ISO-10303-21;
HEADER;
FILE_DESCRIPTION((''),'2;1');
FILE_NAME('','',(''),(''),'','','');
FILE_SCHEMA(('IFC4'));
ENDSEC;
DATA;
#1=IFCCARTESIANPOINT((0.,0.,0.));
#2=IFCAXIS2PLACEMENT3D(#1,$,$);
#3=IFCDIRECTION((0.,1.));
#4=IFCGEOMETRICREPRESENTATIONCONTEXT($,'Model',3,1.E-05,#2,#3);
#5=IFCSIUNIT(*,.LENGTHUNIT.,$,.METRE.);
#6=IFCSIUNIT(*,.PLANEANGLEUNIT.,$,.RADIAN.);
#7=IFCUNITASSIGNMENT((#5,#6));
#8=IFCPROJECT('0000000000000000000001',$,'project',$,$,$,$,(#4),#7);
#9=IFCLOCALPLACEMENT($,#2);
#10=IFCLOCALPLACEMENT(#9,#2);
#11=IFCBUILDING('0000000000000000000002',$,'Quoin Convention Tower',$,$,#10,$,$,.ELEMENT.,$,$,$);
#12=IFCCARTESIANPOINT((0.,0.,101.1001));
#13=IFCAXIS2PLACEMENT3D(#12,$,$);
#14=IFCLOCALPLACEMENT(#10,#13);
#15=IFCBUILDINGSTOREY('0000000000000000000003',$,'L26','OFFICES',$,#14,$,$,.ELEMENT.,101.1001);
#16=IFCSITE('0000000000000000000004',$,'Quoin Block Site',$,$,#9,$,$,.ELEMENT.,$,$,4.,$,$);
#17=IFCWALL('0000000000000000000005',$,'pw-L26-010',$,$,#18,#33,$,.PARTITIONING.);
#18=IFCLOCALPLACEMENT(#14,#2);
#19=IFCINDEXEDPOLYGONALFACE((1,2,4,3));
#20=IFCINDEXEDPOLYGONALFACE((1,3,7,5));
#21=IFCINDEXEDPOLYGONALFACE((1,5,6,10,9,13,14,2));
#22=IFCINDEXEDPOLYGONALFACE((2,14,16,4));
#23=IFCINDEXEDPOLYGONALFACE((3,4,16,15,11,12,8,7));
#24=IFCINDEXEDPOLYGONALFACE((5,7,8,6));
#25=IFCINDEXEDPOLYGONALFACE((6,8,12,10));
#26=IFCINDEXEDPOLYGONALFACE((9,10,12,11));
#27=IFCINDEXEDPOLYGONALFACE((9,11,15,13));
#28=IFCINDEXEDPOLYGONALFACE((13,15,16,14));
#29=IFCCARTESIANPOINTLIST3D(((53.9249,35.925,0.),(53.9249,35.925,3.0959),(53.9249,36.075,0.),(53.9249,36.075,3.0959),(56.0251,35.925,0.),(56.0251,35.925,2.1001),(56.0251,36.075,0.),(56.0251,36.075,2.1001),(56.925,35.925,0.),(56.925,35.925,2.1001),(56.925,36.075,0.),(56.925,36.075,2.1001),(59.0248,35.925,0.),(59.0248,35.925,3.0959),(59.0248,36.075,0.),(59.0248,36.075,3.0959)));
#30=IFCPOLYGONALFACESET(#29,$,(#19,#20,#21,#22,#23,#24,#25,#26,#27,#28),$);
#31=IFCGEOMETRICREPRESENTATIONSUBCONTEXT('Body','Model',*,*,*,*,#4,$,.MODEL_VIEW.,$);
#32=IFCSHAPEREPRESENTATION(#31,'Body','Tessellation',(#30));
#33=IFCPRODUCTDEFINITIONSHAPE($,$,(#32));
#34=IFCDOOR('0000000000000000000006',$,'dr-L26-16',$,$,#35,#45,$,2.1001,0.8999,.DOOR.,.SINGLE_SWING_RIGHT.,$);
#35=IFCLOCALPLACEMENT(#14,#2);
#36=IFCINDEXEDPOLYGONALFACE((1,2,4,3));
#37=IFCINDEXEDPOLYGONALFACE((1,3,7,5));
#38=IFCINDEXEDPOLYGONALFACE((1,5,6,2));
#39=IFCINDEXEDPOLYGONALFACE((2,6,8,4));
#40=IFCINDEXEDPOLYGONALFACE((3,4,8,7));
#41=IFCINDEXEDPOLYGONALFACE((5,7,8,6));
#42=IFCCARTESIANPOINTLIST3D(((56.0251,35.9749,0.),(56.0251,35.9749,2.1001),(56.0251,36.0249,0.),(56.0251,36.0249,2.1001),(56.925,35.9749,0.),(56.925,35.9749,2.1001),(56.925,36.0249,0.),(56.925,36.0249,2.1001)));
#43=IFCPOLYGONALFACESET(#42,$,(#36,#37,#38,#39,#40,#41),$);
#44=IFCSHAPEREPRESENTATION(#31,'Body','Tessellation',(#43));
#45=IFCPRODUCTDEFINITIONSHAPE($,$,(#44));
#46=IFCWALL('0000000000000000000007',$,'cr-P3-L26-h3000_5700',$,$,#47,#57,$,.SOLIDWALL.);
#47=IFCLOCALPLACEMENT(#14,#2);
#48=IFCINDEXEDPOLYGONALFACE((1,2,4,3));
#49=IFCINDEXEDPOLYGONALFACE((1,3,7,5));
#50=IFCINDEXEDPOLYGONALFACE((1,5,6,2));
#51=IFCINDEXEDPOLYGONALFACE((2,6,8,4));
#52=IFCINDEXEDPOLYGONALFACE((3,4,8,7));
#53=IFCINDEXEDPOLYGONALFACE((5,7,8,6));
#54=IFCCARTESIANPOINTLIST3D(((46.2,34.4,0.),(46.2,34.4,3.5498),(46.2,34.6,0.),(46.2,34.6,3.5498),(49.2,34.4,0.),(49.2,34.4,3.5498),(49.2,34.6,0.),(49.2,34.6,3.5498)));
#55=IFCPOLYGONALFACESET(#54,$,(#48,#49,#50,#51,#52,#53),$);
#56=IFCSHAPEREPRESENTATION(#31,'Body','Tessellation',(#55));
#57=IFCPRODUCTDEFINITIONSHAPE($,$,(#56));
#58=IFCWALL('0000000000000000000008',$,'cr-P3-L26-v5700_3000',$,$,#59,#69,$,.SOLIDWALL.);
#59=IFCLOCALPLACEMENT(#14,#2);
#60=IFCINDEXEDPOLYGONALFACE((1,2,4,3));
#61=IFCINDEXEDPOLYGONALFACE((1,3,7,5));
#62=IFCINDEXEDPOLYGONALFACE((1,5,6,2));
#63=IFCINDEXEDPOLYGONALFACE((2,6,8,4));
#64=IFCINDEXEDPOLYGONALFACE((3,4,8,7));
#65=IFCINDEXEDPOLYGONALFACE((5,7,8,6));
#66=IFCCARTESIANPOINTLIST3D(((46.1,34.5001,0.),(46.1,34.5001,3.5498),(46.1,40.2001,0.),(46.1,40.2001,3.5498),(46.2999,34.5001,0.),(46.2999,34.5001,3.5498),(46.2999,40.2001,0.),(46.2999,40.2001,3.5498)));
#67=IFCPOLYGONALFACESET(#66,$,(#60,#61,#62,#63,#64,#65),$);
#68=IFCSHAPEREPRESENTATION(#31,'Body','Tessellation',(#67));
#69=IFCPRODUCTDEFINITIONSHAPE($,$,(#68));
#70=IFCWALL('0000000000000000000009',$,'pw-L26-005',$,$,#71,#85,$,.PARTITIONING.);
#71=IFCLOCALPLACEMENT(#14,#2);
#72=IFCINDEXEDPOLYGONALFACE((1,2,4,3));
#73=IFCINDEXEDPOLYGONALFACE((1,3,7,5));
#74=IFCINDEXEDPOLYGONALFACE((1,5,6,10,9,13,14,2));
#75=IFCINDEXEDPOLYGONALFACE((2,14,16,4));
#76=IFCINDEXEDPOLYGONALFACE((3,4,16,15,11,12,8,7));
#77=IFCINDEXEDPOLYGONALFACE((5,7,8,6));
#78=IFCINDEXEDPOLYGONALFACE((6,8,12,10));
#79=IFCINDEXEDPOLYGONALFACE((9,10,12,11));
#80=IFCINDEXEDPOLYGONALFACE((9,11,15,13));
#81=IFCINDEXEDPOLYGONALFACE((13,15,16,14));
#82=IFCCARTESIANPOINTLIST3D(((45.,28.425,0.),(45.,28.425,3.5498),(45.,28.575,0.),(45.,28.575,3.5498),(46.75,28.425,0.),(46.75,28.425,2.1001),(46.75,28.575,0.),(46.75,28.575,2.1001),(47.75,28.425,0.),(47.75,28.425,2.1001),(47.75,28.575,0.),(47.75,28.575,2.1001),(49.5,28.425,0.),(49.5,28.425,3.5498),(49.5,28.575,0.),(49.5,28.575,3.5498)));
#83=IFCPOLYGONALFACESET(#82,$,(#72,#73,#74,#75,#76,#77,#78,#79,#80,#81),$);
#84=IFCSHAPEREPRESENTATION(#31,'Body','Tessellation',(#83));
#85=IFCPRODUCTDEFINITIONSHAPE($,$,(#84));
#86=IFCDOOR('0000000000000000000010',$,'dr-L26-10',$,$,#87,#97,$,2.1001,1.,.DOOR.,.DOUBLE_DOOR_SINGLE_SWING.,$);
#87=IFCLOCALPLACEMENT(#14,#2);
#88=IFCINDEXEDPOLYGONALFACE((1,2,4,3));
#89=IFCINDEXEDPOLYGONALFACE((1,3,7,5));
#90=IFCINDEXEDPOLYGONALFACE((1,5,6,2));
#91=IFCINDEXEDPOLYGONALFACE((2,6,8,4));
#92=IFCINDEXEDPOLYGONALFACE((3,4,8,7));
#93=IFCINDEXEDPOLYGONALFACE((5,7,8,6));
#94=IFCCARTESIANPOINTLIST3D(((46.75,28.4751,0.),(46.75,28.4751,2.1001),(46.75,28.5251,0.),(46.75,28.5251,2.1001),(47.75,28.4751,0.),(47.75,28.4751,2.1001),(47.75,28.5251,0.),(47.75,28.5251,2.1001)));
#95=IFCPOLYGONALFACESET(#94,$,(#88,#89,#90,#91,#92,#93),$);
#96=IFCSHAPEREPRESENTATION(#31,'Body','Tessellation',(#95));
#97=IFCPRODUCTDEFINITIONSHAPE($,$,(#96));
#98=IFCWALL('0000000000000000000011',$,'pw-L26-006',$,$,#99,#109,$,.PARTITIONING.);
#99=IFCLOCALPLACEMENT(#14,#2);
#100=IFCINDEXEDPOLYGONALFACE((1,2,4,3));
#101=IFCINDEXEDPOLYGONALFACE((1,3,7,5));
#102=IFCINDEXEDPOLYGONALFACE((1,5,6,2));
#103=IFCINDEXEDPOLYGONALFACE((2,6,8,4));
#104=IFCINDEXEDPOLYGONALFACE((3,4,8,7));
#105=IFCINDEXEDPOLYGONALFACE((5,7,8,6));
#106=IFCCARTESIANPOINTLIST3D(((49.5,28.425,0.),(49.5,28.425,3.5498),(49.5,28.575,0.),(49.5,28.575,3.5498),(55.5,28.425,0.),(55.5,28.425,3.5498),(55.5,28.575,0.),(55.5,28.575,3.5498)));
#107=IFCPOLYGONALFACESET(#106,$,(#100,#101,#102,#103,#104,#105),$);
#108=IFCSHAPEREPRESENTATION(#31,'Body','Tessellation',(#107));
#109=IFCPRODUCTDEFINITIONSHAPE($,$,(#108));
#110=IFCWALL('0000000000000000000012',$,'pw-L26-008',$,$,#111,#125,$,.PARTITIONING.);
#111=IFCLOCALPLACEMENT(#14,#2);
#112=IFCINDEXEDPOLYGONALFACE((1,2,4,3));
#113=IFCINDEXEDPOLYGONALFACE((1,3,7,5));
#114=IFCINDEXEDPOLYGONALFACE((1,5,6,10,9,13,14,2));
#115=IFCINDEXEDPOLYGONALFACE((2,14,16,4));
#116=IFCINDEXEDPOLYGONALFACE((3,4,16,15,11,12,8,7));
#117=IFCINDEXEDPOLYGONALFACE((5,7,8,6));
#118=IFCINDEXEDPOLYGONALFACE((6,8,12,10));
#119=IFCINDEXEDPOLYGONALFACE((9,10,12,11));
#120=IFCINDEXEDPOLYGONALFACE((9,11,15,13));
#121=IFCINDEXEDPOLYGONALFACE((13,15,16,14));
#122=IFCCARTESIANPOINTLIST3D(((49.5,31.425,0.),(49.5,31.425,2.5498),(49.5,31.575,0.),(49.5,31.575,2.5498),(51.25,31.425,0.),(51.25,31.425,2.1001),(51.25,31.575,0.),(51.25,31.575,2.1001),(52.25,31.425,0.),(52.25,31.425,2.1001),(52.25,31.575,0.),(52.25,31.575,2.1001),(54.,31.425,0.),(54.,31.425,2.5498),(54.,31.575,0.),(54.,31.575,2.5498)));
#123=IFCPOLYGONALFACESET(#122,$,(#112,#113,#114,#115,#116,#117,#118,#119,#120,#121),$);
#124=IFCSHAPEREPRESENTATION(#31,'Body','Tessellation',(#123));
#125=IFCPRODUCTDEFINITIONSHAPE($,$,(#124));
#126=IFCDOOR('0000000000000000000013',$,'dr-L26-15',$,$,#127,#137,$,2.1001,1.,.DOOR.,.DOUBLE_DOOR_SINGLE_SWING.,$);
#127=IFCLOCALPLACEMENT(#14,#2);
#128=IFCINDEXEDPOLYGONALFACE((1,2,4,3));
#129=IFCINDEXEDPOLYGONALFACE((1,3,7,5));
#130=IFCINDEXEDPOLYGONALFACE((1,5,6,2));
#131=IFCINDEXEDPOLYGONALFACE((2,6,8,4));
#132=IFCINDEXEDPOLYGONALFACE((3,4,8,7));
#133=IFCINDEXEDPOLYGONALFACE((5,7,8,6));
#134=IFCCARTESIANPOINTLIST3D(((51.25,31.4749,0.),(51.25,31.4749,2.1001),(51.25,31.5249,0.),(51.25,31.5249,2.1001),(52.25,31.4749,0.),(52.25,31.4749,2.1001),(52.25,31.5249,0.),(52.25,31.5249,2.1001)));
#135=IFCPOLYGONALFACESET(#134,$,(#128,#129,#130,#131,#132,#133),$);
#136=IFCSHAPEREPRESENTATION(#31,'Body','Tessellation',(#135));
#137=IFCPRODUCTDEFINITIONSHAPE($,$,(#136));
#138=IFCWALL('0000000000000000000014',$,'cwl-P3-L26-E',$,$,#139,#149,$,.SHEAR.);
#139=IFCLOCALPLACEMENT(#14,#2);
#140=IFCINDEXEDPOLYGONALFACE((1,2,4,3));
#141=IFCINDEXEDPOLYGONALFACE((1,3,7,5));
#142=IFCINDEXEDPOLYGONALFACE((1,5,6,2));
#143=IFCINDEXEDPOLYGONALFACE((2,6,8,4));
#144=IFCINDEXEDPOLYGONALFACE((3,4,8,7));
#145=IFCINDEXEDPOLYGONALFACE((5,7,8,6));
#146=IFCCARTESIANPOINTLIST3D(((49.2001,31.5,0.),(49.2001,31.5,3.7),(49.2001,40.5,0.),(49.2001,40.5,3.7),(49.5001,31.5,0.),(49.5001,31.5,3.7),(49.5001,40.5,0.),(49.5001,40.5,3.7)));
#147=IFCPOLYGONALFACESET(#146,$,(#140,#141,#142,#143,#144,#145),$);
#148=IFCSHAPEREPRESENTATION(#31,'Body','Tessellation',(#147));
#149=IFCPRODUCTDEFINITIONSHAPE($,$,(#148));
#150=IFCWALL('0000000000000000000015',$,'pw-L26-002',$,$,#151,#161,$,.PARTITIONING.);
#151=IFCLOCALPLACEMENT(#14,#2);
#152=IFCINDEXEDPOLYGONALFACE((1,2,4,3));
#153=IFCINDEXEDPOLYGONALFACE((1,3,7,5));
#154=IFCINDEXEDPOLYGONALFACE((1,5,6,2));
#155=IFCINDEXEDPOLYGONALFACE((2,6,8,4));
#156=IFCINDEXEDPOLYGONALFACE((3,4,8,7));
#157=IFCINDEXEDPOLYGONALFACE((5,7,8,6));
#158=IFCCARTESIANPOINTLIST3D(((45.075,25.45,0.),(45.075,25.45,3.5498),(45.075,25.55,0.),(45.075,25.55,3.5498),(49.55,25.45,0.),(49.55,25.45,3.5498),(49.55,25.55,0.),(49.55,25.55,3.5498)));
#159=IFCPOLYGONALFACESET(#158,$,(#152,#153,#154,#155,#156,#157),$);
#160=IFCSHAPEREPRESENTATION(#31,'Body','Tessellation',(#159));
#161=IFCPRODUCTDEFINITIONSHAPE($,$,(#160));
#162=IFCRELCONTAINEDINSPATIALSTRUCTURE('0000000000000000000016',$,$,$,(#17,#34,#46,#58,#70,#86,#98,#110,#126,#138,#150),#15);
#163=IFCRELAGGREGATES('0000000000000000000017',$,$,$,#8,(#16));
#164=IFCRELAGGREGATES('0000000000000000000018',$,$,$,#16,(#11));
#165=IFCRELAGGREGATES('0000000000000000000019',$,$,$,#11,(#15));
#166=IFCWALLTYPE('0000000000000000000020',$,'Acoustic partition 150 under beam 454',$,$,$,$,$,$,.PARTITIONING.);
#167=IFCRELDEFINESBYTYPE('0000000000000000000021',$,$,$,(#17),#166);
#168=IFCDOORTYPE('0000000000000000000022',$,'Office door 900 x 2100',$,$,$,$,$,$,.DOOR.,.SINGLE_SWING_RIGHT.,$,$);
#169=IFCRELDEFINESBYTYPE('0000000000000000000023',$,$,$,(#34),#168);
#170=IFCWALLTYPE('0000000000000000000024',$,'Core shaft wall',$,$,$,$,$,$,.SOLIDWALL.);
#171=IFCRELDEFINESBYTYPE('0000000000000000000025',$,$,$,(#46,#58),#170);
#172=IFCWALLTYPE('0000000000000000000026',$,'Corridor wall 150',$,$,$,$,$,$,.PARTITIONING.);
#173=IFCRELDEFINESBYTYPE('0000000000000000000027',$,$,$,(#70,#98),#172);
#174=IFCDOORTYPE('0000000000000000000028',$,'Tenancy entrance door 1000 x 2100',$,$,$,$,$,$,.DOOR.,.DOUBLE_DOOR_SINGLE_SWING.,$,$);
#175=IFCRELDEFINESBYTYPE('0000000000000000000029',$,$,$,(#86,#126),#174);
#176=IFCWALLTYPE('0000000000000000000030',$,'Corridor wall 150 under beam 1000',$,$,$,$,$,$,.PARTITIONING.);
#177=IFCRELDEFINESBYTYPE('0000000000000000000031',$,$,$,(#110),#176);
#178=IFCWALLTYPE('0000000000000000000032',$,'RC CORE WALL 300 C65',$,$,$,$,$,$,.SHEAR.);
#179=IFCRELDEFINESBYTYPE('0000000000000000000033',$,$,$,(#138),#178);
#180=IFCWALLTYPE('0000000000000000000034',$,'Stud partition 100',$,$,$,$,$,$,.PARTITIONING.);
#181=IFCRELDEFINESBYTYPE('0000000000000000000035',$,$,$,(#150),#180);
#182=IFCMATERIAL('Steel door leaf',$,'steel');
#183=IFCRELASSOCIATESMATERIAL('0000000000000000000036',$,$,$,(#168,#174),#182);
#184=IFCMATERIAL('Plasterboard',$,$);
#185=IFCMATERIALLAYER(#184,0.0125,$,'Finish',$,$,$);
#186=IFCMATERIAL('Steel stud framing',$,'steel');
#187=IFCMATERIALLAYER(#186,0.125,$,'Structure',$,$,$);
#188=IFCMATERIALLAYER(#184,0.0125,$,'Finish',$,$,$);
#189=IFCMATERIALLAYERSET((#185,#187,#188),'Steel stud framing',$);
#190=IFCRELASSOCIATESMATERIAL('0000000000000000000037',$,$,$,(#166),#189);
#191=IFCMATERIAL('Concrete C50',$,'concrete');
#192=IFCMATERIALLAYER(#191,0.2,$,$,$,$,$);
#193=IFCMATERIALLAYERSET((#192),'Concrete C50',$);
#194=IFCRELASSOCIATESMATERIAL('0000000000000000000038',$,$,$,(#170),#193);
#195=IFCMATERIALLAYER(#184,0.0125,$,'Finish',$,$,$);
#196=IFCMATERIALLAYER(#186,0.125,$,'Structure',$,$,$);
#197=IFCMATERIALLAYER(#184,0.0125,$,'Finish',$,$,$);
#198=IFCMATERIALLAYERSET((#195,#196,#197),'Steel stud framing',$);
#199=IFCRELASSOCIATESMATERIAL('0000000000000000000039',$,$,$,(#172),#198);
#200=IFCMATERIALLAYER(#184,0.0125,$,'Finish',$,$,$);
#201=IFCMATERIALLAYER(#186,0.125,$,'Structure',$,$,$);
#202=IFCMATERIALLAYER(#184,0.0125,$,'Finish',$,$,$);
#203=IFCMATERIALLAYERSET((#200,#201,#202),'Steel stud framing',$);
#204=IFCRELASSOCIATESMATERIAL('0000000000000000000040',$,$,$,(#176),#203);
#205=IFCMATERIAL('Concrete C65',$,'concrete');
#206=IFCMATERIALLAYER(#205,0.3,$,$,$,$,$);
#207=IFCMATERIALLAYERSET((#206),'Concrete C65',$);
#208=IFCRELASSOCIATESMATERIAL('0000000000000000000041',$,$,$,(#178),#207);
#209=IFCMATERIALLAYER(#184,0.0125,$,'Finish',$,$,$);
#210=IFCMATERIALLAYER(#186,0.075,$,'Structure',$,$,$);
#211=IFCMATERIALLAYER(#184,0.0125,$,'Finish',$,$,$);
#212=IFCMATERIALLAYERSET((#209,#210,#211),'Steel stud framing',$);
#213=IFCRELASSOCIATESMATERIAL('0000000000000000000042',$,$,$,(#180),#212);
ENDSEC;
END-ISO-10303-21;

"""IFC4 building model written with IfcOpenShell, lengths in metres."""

from ifc_helpers import new_model, si_unit, direction, frame, frame_2d, origin, place, context, subcontext, project, spatial, rectangle, extrude, material, layer, layer_set, type_object, element, fill, save


model = new_model("IFC4")

# Units and contexts
model_context = context("Model", 3, precision=1e-05, world=origin(), true_north=direction((0.0, 1.0)))
body_context = subcontext(model_context, "Body", "Model", "MODEL_VIEW")
ifc_project = project(units=[si_unit("LENGTHUNIT", "METRE"), si_unit("PLANEANGLEUNIT", "RADIAN")], contexts=[model_context])

# Site, building, storey
site_placement = place(None, origin())
site = spatial("IfcSite", under=ifc_project, at=site_placement, Name="Quoin Block Site", CompositionType="ELEMENT", RefElevation=4.0)
building_placement = place(site_placement, origin())
building = spatial("IfcBuilding", under=site, at=building_placement, Name="Quoin Convention Tower", CompositionType="ELEMENT")
storey_placement = place(building_placement, frame((0.0, 0.0, 101.1001)))
storey = spatial("IfcBuildingStorey", under=building, at=storey_placement, Name="L26", Description="OFFICES", CompositionType="ELEMENT", Elevation=101.1001)

# Shared definitions
ifc_material_1 = material(Name="Concrete C65", Category="concrete")

# Shared definitions
ifc_material_2 = material(Name="Plasterboard")
ifc_material_3 = material(Name="Steel stud framing", Category="steel")

# Wall, opening, door
ifc_material_4 = material(Name="Steel door leaf", Category="steel")
door_type_1 = type_object("IfcDoorType", Name="Office door 900 x 2100", OperationType="SINGLE_SWING_RIGHT", PredefinedType="DOOR", material=ifc_material_4)
ifc_layer_1 = layer(ifc_material_2, 0.0125, Name="Finish")
ifc_layer_2 = layer(ifc_material_3, 0.125, Name="Structure")
ifc_layer_3 = layer(ifc_material_2, 0.0125, Name="Finish")
ifc_layer_set_1 = layer_set([ifc_layer_1, ifc_layer_2, ifc_layer_3], Name="Steel stud framing")
wall_type_1 = type_object("IfcWallType", Name="Acoustic partition 150 under beam 454", PredefinedType="PARTITIONING", material=ifc_layer_set_1)
wall_1_placement = place(storey_placement, frame((53.925, 36.0, 0.0), z_axis=(0.0, 0.0, 1.0), x_axis=(1.0, 0.0, 0.0)))
wall_1 = element("IfcWall", 1, at=wall_1_placement, inside=storey, type_object=wall_type_1, Name="pw-L26-010", PredefinedType="PARTITIONING", context=body_context, shape_type="SweptSolid", body=[
    extrude(rectangle(XDim=5.0999, YDim=0.1499, at=frame_2d((2.5498, 0.0))), origin(), (0.0, 0.0, 1.0), 3.0959),
])
opening_1_placement = place(wall_1_placement, frame((2.1001, 0.0, 0.0)))
opening_1 = element("IfcOpeningElement", 2, at=opening_1_placement, cuts=wall_1, PredefinedType="OPENING", context=body_context, shape_type="SweptSolid", body=[
    extrude(rectangle(XDim=0.8999, YDim=2.1001, at=frame_2d((0.45, 1.05))), frame((0.0, 0.085, 0.0), z_axis=(0.0, -1.0, 0.0), x_axis=(1.0, 0.0, 0.0)), (0.0, 0.0, 1.0), 0.1699),
])
door_1_placement = place(opening_1_placement, origin())
door_1 = element("IfcDoor", 3, at=door_1_placement, inside=storey, type_object=door_type_1, Name="dr-L26-16", OperationType="SINGLE_SWING_RIGHT", OverallHeight=2.1001, OverallWidth=0.8999, PredefinedType="DOOR", context=body_context, shape_type="SweptSolid", body=[
    extrude(rectangle(XDim=0.8999, YDim=2.1001, at=frame_2d((0.45, 1.05))), frame((0.0, 0.0249, 0.0), z_axis=(0.0, -1.0, 0.0), x_axis=(1.0, 0.0, 0.0)), (0.0, 0.0, 1.0), 0.05),
])
fill(opening_1, door_1)

# Walls
ifc_material_5 = material(Name="Concrete C50", Category="concrete")
ifc_layer_4 = layer(ifc_material_5, 0.2)
ifc_layer_set_2 = layer_set([ifc_layer_4], Name="Concrete C50")
wall_type_2 = type_object("IfcWallType", Name="Core shaft wall", PredefinedType="SOLIDWALL", material=ifc_layer_set_2)
wall_2_placement = place(storey_placement, frame((46.2, 34.5, 0.0), z_axis=(0.0, 0.0, 1.0), x_axis=(1.0, 0.0, 0.0)))
element("IfcWall", 4, at=wall_2_placement, inside=storey, type_object=wall_type_2, Name="cr-P3-L26-h3000_5700", PredefinedType="SOLIDWALL", context=body_context, shape_type="SweptSolid", body=[
    extrude(rectangle(XDim=3.0, YDim=0.2, at=frame_2d((1.5, 0.0))), origin(), (0.0, 0.0, 1.0), 3.5498),
])
wall_3_placement = place(storey_placement, frame((46.2, 34.5, 0.0), z_axis=(0.0, 0.0, 1.0), x_axis=(0.0, 1.0, 0.0)))
element("IfcWall", 5, at=wall_3_placement, inside=storey, type_object=wall_type_2, Name="cr-P3-L26-v5700_3000", PredefinedType="SOLIDWALL", context=body_context, shape_type="SweptSolid", body=[
    extrude(rectangle(XDim=5.7, YDim=0.2, at=frame_2d((2.8501, 0.0))), origin(), (0.0, 0.0, 1.0), 3.5498),
])

# Wall, opening, door
ifc_layer_5 = layer(ifc_material_2, 0.0125, Name="Finish")
ifc_layer_6 = layer(ifc_material_3, 0.125, Name="Structure")
ifc_layer_7 = layer(ifc_material_2, 0.0125, Name="Finish")
ifc_layer_set_3 = layer_set([ifc_layer_5, ifc_layer_6, ifc_layer_7], Name="Steel stud framing")
wall_type_3 = type_object("IfcWallType", Name="Corridor wall 150", PredefinedType="PARTITIONING", material=ifc_layer_set_3)
wall_4_placement = place(storey_placement, frame((45.0, 28.5, 0.0), z_axis=(0.0, 0.0, 1.0), x_axis=(1.0, 0.0, 0.0)))
wall_4 = element("IfcWall", 6, at=wall_4_placement, inside=storey, type_object=wall_type_3, Name="pw-L26-005", PredefinedType="PARTITIONING", context=body_context, shape_type="SweptSolid", body=[
    extrude(rectangle(XDim=4.5, YDim=0.1499, at=frame_2d((2.25, 0.0))), origin(), (0.0, 0.0, 1.0), 3.5498),
])
opening_2_placement = place(wall_4_placement, frame((1.75, 0.0, 0.0)))
opening_2 = element("IfcOpeningElement", 7, at=opening_2_placement, cuts=wall_4, PredefinedType="OPENING", context=body_context, shape_type="SweptSolid", body=[
    extrude(rectangle(XDim=1.0, YDim=2.1001, at=frame_2d((0.5, 1.05))), frame((0.0, 0.085, 0.0), z_axis=(0.0, -1.0, 0.0), x_axis=(1.0, 0.0, 0.0)), (0.0, 0.0, 1.0), 0.1699),
])
door_type_2 = type_object("IfcDoorType", Name="Tenancy entrance door 1000 x 2100", OperationType="DOUBLE_DOOR_SINGLE_SWING", PredefinedType="DOOR", material=ifc_material_4)
door_2_placement = place(opening_2_placement, frame((1.0, 0.0, 0.0), z_axis=(0.0, 0.0, 1.0), x_axis=(-1.0, 0.0, 0.0)))
door_2 = element("IfcDoor", 8, at=door_2_placement, inside=storey, type_object=door_type_2, Name="dr-L26-10", OperationType="DOUBLE_DOOR_SINGLE_SWING", OverallHeight=2.1001, OverallWidth=1.0, PredefinedType="DOOR", context=body_context, shape_type="SweptSolid", body=[
    extrude(rectangle(XDim=1.0, YDim=2.1001, at=frame_2d((0.5, 1.05))), frame((0.0, 0.0249, 0.0), z_axis=(0.0, -1.0, 0.0), x_axis=(1.0, 0.0, 0.0)), (0.0, 0.0, 1.0), 0.05),
])
fill(opening_2, door_2)

# Wall
wall_5_placement = place(storey_placement, frame((49.5, 28.5, 0.0), z_axis=(0.0, 0.0, 1.0), x_axis=(1.0, 0.0, 0.0)))
element("IfcWall", 9, at=wall_5_placement, inside=storey, type_object=wall_type_3, Name="pw-L26-006", PredefinedType="PARTITIONING", context=body_context, shape_type="SweptSolid", body=[
    extrude(rectangle(XDim=6.0, YDim=0.1499, at=frame_2d((3.0, 0.0))), origin(), (0.0, 0.0, 1.0), 3.5498),
])

# Wall, opening, door
ifc_layer_8 = layer(ifc_material_2, 0.0125, Name="Finish")
ifc_layer_9 = layer(ifc_material_3, 0.125, Name="Structure")
ifc_layer_10 = layer(ifc_material_2, 0.0125, Name="Finish")
ifc_layer_set_4 = layer_set([ifc_layer_8, ifc_layer_9, ifc_layer_10], Name="Steel stud framing")
wall_type_4 = type_object("IfcWallType", Name="Corridor wall 150 under beam 1000", PredefinedType="PARTITIONING", material=ifc_layer_set_4)
wall_6_placement = place(storey_placement, frame((49.5, 31.5, 0.0), z_axis=(0.0, 0.0, 1.0), x_axis=(1.0, 0.0, 0.0)))
wall_6 = element("IfcWall", 10, at=wall_6_placement, inside=storey, type_object=wall_type_4, Name="pw-L26-008", PredefinedType="PARTITIONING", context=body_context, shape_type="SweptSolid", body=[
    extrude(rectangle(XDim=4.5, YDim=0.1499, at=frame_2d((2.25, 0.0))), origin(), (0.0, 0.0, 1.0), 2.5498),
])
opening_3_placement = place(wall_6_placement, frame((1.75, 0.0, 0.0)))
opening_3 = element("IfcOpeningElement", 11, at=opening_3_placement, cuts=wall_6, PredefinedType="OPENING", context=body_context, shape_type="SweptSolid", body=[
    extrude(rectangle(XDim=1.0, YDim=2.1001, at=frame_2d((0.5, 1.05))), frame((0.0, 0.085, 0.0), z_axis=(0.0, -1.0, 0.0), x_axis=(1.0, 0.0, 0.0)), (0.0, 0.0, 1.0), 0.1699),
])
door_3_placement = place(opening_3_placement, origin())
door_3 = element("IfcDoor", 12, at=door_3_placement, inside=storey, type_object=door_type_2, Name="dr-L26-15", OperationType="DOUBLE_DOOR_SINGLE_SWING", OverallHeight=2.1001, OverallWidth=1.0, PredefinedType="DOOR", context=body_context, shape_type="SweptSolid", body=[
    extrude(rectangle(XDim=1.0, YDim=2.1001, at=frame_2d((0.5, 1.05))), frame((0.0, 0.0249, 0.0), z_axis=(0.0, -1.0, 0.0), x_axis=(1.0, 0.0, 0.0)), (0.0, 0.0, 1.0), 0.05),
])
fill(opening_3, door_3)

# Walls
ifc_layer_11 = layer(ifc_material_1, 0.3)
ifc_layer_set_5 = layer_set([ifc_layer_11], Name="Concrete C65")
wall_type_5 = type_object("IfcWallType", Name="RC CORE WALL 300 C65", PredefinedType="SHEAR", material=ifc_layer_set_5)
wall_7_placement = place(storey_placement, frame((49.3501, 31.5, 0.0), z_axis=(0.0, 0.0, 1.0), x_axis=(0.0, 1.0, 0.0)))
element("IfcWall", 13, at=wall_7_placement, inside=storey, type_object=wall_type_5, Name="cwl-P3-L26-E", PredefinedType="SHEAR", context=body_context, shape_type="SweptSolid", body=[
    extrude(rectangle(XDim=9.0, YDim=0.3, at=frame_2d((4.5, 0.0))), origin(), (0.0, 0.0, 1.0), 3.7),
])
ifc_layer_12 = layer(ifc_material_2, 0.0125, Name="Finish")
ifc_layer_13 = layer(ifc_material_3, 0.075, Name="Structure")
ifc_layer_14 = layer(ifc_material_2, 0.0125, Name="Finish")
ifc_layer_set_6 = layer_set([ifc_layer_12, ifc_layer_13, ifc_layer_14], Name="Steel stud framing")
wall_type_6 = type_object("IfcWallType", Name="Stud partition 100", PredefinedType="PARTITIONING", material=ifc_layer_set_6)
wall_8_placement = place(storey_placement, frame((45.075, 25.5, 0.0), z_axis=(0.0, 0.0, 1.0), x_axis=(1.0, 0.0, 0.0)))
element("IfcWall", 14, at=wall_8_placement, inside=storey, type_object=wall_type_6, Name="pw-L26-002", PredefinedType="PARTITIONING", context=body_context, shape_type="SweptSolid", body=[
    extrude(rectangle(XDim=4.4751, YDim=0.1001, at=frame_2d((2.2375, 0.0))), origin(), (0.0, 0.0, 1.0), 3.5498),
])

save(model, "model.ifc")
